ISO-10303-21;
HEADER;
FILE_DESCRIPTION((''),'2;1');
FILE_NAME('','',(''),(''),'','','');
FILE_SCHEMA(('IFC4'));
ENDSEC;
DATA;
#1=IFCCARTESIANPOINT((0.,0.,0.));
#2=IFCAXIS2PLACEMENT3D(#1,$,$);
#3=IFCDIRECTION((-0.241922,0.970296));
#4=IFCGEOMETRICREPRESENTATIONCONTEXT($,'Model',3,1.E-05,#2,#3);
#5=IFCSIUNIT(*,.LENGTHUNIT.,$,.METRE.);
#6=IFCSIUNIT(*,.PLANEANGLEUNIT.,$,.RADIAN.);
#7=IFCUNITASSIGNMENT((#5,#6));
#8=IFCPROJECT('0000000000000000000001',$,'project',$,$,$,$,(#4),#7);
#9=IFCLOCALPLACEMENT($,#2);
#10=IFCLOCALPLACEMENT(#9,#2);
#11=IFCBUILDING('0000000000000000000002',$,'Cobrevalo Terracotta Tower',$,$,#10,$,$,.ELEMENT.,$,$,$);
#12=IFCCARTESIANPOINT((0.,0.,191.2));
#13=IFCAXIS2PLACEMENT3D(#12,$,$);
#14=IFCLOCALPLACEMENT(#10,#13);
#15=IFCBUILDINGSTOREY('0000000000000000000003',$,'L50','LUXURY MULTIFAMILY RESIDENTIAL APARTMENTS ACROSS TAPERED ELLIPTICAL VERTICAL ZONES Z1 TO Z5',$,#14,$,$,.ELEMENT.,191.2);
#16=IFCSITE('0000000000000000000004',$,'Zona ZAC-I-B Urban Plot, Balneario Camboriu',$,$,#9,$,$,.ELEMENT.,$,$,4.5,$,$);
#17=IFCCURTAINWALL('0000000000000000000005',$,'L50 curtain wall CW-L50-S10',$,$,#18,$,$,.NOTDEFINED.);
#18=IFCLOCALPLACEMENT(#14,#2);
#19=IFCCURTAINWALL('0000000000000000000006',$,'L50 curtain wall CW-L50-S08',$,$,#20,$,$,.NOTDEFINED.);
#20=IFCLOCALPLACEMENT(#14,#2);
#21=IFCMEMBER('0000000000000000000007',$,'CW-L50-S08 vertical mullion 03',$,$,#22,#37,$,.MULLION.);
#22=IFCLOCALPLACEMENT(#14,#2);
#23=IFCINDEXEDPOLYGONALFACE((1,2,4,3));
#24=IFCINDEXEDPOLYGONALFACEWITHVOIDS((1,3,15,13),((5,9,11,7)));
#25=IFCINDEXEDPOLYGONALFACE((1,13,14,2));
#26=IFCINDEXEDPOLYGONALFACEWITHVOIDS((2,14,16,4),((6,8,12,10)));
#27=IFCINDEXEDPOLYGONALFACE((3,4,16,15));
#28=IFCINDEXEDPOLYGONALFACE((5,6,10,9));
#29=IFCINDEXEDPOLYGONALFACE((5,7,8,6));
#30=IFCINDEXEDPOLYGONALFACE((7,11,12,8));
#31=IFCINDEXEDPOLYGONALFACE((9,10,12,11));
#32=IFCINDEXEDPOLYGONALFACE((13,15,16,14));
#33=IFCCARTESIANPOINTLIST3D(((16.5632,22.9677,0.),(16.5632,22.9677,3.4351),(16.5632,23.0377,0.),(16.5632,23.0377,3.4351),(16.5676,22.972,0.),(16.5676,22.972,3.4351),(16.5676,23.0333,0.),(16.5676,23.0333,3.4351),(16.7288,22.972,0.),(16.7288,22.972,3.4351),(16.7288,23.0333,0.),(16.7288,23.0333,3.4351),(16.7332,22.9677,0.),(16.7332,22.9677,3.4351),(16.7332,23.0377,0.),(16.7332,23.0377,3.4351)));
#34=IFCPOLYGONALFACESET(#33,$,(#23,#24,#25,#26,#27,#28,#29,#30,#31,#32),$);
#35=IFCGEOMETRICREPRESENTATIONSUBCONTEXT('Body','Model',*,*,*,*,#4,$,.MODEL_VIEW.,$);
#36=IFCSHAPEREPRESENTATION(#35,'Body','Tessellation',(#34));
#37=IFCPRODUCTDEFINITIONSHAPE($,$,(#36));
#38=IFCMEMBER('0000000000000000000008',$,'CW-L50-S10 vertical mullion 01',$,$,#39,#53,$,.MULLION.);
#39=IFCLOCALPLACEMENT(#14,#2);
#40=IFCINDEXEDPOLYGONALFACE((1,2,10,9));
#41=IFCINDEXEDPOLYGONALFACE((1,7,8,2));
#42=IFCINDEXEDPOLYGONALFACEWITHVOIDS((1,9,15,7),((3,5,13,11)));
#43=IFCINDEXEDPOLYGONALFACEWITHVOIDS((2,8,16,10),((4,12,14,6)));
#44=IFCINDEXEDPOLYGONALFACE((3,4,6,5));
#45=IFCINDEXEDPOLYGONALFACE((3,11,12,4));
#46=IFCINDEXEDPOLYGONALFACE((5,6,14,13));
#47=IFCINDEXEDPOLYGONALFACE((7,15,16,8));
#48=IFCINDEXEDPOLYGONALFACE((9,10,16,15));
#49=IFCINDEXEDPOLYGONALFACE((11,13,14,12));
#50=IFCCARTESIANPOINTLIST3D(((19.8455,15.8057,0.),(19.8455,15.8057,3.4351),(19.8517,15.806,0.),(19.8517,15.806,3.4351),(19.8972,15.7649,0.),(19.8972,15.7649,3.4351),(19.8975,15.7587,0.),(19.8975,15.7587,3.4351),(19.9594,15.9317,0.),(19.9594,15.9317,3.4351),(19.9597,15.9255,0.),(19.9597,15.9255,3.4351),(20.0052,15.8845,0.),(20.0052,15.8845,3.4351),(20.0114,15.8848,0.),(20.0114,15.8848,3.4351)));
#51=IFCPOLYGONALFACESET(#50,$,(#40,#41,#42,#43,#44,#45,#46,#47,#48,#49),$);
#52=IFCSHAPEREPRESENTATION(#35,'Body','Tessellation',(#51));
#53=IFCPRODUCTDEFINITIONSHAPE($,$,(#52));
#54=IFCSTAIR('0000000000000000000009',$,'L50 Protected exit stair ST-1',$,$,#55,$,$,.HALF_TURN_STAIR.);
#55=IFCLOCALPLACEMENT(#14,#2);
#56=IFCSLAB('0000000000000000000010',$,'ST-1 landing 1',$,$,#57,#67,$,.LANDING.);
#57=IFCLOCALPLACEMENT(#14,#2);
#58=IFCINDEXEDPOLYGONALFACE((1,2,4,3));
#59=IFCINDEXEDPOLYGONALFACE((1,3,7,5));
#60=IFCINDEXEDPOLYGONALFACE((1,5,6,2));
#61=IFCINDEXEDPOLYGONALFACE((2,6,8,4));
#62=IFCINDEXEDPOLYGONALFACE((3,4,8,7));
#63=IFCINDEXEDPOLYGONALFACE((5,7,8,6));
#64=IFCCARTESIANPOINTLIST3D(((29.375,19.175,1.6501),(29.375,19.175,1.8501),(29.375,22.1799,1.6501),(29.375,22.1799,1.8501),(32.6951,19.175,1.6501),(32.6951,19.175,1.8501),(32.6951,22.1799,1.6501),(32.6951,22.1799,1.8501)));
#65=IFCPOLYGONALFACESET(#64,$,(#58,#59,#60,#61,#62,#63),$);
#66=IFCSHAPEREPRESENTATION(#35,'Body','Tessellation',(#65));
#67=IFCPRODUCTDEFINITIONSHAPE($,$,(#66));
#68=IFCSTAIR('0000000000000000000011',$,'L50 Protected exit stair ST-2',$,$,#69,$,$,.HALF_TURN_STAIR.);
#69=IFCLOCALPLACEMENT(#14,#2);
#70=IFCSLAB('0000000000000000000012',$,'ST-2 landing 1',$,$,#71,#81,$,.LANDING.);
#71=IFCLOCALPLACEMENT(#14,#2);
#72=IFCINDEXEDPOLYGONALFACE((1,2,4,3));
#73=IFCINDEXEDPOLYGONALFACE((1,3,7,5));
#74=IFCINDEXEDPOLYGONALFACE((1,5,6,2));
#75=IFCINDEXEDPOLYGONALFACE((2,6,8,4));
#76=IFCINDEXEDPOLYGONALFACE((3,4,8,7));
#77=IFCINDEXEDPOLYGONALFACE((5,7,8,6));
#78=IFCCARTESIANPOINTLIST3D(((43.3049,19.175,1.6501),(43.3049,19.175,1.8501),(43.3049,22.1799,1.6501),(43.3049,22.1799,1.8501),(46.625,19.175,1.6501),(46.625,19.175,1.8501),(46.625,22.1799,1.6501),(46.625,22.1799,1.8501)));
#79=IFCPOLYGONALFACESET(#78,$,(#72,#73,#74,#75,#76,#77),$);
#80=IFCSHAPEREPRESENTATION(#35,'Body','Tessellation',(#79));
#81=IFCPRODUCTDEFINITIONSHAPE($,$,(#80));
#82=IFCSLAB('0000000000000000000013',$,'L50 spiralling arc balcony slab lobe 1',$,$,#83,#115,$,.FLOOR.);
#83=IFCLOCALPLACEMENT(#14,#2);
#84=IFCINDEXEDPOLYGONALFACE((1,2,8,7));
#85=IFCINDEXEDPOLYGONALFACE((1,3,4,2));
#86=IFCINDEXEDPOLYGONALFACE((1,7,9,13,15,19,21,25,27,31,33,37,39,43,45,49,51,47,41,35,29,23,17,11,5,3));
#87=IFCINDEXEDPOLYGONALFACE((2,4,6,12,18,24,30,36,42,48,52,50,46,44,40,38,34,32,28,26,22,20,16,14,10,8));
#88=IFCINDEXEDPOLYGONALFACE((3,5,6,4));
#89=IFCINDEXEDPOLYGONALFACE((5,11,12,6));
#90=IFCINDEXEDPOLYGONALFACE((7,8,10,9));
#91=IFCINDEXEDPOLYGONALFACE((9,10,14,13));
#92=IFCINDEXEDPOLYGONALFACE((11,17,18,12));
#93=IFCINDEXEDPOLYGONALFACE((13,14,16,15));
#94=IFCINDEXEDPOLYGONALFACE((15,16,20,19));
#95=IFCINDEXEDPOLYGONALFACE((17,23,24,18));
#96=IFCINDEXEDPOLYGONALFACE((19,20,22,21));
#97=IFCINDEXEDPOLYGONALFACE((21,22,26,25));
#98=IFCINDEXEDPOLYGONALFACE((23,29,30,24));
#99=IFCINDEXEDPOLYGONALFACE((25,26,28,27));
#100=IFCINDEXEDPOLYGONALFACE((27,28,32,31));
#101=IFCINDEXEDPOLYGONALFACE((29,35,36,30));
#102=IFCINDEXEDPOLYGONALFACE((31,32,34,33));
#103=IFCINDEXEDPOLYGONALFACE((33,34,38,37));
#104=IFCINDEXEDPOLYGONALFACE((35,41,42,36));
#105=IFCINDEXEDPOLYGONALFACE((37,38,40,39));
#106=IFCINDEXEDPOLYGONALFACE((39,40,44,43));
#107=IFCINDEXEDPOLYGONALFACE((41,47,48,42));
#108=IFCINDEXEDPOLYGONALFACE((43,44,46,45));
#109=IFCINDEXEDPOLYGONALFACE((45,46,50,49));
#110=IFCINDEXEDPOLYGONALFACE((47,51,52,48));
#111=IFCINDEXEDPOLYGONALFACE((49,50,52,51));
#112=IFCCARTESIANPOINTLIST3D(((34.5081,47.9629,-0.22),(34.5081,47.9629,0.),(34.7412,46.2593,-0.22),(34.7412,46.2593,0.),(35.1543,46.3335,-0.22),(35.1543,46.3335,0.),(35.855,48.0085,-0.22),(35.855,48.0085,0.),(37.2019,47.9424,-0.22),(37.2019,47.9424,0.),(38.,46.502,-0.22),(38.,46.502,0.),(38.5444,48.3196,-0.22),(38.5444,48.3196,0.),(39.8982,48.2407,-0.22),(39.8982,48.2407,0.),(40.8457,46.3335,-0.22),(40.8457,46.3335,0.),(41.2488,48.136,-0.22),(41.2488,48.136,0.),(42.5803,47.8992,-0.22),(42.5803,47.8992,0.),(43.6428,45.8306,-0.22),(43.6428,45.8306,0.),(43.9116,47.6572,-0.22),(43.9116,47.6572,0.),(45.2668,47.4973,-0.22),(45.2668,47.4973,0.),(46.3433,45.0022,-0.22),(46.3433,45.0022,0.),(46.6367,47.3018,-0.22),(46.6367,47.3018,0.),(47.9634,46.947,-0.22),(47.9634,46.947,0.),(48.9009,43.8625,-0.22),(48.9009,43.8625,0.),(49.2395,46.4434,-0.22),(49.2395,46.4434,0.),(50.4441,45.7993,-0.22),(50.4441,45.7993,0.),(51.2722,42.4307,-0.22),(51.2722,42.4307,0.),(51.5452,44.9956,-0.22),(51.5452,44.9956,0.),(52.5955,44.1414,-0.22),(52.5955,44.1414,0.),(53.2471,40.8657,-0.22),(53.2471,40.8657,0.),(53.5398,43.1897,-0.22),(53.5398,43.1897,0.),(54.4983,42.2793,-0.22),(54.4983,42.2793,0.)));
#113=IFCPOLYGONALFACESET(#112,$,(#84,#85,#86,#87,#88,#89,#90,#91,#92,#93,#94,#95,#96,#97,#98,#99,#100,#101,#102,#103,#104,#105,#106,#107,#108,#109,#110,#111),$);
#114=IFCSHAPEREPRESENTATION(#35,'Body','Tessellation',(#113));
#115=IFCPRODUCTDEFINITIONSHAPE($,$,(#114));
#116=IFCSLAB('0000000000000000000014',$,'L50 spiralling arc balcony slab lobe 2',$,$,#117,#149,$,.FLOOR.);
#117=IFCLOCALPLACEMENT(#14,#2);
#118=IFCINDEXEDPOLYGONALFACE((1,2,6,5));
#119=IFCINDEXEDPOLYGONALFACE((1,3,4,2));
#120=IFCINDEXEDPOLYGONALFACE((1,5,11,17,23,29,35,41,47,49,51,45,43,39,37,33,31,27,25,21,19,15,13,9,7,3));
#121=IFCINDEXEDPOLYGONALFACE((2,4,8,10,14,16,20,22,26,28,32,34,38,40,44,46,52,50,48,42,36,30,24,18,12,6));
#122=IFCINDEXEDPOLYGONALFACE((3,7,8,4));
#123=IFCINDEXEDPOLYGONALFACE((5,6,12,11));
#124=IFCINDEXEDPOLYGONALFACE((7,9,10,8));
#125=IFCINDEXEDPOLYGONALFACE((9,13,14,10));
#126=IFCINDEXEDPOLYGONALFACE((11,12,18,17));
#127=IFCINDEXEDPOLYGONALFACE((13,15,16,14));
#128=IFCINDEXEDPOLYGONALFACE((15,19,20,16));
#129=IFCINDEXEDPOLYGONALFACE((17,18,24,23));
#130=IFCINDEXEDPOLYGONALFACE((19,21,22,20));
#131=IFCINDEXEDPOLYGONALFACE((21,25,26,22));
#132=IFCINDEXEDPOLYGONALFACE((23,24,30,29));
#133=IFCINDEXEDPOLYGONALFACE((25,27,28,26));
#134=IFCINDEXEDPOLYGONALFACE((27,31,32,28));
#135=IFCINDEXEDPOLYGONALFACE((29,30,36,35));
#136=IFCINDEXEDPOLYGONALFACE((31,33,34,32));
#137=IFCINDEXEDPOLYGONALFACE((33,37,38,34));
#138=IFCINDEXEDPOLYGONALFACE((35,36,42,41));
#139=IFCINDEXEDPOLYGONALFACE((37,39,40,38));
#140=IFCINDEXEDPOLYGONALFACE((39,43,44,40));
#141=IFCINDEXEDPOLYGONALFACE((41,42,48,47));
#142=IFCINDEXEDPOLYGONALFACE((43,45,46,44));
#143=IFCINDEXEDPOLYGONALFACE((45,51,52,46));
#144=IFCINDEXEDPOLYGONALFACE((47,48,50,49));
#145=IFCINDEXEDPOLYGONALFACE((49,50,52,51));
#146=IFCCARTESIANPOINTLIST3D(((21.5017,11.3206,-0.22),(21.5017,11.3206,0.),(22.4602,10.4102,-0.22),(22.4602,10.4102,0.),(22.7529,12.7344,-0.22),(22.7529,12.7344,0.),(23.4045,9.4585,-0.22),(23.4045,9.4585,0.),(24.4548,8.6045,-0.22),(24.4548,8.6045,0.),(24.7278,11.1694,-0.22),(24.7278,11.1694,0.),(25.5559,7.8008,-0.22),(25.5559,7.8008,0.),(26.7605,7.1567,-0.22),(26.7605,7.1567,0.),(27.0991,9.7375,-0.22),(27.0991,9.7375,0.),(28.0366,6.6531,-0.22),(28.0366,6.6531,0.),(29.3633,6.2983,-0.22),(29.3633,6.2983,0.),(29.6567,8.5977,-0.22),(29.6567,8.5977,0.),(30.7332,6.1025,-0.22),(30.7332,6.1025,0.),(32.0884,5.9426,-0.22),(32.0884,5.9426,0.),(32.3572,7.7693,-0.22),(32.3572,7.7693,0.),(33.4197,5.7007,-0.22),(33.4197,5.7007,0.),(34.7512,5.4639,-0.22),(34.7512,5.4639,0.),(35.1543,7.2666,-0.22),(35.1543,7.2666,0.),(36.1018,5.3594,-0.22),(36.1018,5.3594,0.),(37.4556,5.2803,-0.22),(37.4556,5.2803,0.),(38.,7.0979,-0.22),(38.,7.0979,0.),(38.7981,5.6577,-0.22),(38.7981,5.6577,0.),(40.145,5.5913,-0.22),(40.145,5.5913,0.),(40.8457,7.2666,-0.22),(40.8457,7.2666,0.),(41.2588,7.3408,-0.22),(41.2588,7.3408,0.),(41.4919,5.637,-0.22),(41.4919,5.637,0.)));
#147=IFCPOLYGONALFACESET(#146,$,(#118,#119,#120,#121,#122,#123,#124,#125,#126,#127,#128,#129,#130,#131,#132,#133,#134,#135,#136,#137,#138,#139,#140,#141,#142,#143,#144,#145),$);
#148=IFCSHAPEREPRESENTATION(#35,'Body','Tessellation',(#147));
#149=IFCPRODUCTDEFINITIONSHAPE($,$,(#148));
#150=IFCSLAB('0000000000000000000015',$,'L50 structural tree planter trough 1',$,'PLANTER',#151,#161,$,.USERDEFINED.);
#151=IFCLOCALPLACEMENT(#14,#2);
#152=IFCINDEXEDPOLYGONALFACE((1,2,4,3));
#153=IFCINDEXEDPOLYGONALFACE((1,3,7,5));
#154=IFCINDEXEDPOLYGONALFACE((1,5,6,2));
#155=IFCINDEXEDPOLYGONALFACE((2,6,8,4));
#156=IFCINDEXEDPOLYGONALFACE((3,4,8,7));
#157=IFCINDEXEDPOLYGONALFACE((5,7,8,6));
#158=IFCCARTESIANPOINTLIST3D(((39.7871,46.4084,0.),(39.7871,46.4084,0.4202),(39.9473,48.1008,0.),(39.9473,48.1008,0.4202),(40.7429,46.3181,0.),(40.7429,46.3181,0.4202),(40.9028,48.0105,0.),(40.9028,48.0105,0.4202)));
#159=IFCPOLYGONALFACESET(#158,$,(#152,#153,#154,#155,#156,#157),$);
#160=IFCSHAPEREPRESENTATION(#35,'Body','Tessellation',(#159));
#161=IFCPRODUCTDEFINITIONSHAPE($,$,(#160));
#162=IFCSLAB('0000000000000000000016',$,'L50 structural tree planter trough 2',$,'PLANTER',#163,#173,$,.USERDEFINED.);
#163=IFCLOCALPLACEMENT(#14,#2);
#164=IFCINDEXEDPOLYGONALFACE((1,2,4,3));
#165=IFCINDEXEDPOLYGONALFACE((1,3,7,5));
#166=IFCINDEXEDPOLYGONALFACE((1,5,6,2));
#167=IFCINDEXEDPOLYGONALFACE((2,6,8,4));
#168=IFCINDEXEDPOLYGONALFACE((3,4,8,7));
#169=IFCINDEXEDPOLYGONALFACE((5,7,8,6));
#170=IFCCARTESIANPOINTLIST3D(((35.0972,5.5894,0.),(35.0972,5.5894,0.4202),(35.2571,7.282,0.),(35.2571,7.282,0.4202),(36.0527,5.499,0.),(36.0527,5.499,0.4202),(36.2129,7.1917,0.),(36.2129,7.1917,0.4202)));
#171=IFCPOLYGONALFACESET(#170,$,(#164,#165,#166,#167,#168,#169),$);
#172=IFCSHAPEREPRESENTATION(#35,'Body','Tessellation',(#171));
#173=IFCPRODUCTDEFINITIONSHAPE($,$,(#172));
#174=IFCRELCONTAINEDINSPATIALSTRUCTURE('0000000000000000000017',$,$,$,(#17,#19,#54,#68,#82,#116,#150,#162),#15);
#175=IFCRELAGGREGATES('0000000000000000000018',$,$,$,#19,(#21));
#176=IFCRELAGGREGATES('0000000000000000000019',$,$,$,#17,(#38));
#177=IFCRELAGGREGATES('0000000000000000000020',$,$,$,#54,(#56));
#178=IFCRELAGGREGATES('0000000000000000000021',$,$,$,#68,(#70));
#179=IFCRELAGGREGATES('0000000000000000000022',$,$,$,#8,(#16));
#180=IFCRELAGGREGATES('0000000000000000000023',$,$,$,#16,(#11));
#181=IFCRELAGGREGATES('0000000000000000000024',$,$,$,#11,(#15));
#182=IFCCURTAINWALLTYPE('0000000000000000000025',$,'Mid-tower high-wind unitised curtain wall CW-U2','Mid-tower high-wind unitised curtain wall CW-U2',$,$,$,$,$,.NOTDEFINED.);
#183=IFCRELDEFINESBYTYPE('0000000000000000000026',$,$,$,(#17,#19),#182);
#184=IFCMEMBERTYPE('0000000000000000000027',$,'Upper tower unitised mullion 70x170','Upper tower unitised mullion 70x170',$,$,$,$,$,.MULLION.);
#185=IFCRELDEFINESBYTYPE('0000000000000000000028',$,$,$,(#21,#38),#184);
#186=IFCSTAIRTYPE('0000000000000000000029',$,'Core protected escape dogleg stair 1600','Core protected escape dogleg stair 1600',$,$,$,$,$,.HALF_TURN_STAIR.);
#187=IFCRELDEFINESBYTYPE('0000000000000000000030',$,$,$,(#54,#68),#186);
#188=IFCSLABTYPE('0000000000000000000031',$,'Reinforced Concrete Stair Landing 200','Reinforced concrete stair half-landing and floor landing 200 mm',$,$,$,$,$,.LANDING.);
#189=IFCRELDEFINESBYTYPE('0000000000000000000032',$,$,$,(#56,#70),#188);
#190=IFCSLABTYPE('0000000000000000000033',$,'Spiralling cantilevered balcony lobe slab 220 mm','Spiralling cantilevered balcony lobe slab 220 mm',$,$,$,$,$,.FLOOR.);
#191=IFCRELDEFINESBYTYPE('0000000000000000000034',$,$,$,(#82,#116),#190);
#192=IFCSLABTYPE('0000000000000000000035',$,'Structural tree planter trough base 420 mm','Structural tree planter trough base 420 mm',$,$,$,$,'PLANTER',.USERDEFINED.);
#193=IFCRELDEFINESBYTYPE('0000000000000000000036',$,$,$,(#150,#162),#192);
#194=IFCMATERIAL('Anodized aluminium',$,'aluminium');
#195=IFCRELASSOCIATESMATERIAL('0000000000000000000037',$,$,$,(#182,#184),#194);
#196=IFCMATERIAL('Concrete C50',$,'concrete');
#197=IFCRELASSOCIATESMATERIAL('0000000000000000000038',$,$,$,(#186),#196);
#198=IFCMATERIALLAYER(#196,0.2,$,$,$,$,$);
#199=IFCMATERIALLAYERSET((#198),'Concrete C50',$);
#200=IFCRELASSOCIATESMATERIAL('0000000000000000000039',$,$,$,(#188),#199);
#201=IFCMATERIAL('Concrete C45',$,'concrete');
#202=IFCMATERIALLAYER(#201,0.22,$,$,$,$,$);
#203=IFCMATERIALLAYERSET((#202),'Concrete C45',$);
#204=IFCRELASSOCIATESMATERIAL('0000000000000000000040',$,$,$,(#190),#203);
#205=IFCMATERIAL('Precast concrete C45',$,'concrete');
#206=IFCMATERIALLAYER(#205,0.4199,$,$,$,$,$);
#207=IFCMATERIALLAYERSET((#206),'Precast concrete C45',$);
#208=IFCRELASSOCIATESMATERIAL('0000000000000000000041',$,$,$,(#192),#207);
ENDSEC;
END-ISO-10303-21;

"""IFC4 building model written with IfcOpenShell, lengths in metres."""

from ifc_helpers import new_model, si_unit, direction, frame, origin, origin_2d, place, context, subcontext, project, spatial, polyline, hollow_rectangle, outline, extrude, source, transform, mapped, material, layer, layer_set, material_profile, profile_set, type_object, element, aggregate, save


model = new_model("IFC4")

# Units and contexts
model_context = context("Model", 3, precision=1e-05, world=origin(), true_north=direction((-0.241922, 0.970296)))
body_context = subcontext(model_context, "Body", "Model", "MODEL_VIEW")
ifc_project = project(units=[si_unit("LENGTHUNIT", "METRE"), si_unit("PLANEANGLEUNIT", "RADIAN")], contexts=[model_context])

# Site, building, storey
site_placement = place(None, origin())
site = spatial("IfcSite", under=ifc_project, at=site_placement, Name="Zona ZAC-I-B Urban Plot, Balneario Camboriu", CompositionType="ELEMENT", RefElevation=4.5)
building_placement = place(site_placement, origin())
building = spatial("IfcBuilding", under=site, at=building_placement, Name="Cobrevalo Terracotta Tower", CompositionType="ELEMENT")
storey_placement = place(building_placement, frame((0.0, 0.0, 191.2)))
storey = spatial("IfcBuildingStorey", under=building, at=storey_placement, Name="L50", Description="LUXURY MULTIFAMILY RESIDENTIAL APARTMENTS ACROSS TAPERED ELLIPTICAL VERTICAL ZONES Z1 TO Z5", CompositionType="ELEMENT", Elevation=191.2)

# Curtain wall
ifc_material_1 = material(Name="Anodized aluminium", Category="aluminium")
curtain_wall_type = type_object("IfcCurtainWallType", Name="Mid-tower high-wind unitised curtain wall CW-U2", Description="Mid-tower high-wind unitised curtain wall CW-U2", PredefinedType="NOTDEFINED", material=ifc_material_1)
curtain_wall_1_placement = place(storey_placement, origin())
curtain_wall_1 = element("IfcCurtainWall", 1, at=curtain_wall_1_placement, inside=storey, type_object=curtain_wall_type, Name="L50 curtain wall CW-L50-S10", PredefinedType="NOTDEFINED")

# Curtain wall, member
curtain_wall_2_placement = place(storey_placement, origin())
curtain_wall_2 = element("IfcCurtainWall", 2, at=curtain_wall_2_placement, inside=storey, type_object=curtain_wall_type, Name="L50 curtain wall CW-L50-S08", PredefinedType="NOTDEFINED")
ifc_material_profile_1 = material_profile(ifc_material_1, hollow_rectangle(XDim=0.0701, YDim=0.1699, WallThickness=0.0044, at=origin_2d()), Name="CWM 70x170")
ifc_profile_set_1 = profile_set([ifc_material_profile_1], Name="Anodized aluminium")
member_type_1 = type_object("IfcMemberType", Name="Upper tower unitised mullion 70x170", Description="Upper tower unitised mullion 70x170", PredefinedType="MULLION", material=ifc_profile_set_1)
shared_shape_1 = source(origin(), body_context, "Body", "SweptSolid", [
    extrude(hollow_rectangle(XDim=0.0701, YDim=0.1699, WallThickness=0.0044, at=origin_2d()), origin(), (0.0, 0.0, 1.0), 3.4351),
])
member_1_placement = place(storey_placement, frame((16.6482, 23.0027, 0.0), z_axis=(0.0, 0.0, 1.0), x_axis=(0.0, -1.0, 0.0)))
member_1 = element("IfcMember", 3, at=member_1_placement, type_object=member_type_1, Name="CW-L50-S08 vertical mullion 03", PredefinedType="MULLION", context=body_context, shape_type="MappedRepresentation", body=[
    mapped(shared_shape_1, transform((0.0, 0.0, 0.0), scale=1.0)),
])
aggregate(curtain_wall_2, [member_1])

# Member
member_2_placement = place(storey_placement, frame((19.9285, 15.8452, 0.0), z_axis=(0.0, 0.0, 1.0), x_axis=(0.741988, -0.670414, 0.0)))
member_2 = element("IfcMember", 4, at=member_2_placement, type_object=member_type_1, Name="CW-L50-S10 vertical mullion 01", PredefinedType="MULLION", context=body_context, shape_type="MappedRepresentation", body=[
    mapped(shared_shape_1, transform((0.0, 0.0, 0.0), scale=1.0)),
])
aggregate(curtain_wall_1, [member_2])

# Stairs, slabs
ifc_material_2 = material(Name="Concrete C50", Category="concrete")
stair_type = type_object("IfcStairType", Name="Core protected escape dogleg stair 1600", Description="Core protected escape dogleg stair 1600", PredefinedType="HALF_TURN_STAIR", material=ifc_material_2)
stair_1_placement = place(storey_placement, origin())
stair_1 = element("IfcStair", 5, at=stair_1_placement, inside=storey, type_object=stair_type, Name="L50 Protected exit stair ST-1", PredefinedType="HALF_TURN_STAIR")
ifc_layer_1 = layer(ifc_material_2, 0.2)
ifc_layer_set_1 = layer_set([ifc_layer_1], Name="Concrete C50")
slab_type_1 = type_object("IfcSlabType", Name="Reinforced Concrete Stair Landing 200", Description="Reinforced concrete stair half-landing and floor landing 200 mm", PredefinedType="LANDING", material=ifc_layer_set_1)
slab_1_placement = place(storey_placement, frame((0.0, 0.0, 1.6501)))
slab_1 = element("IfcSlab", 6, at=slab_1_placement, type_object=slab_type_1, Name="ST-1 landing 1", PredefinedType="LANDING", context=body_context, shape_type="SweptSolid", body=[
    extrude(outline(polyline([(29.375, 22.1799), (29.375, 19.175), (32.6951, 19.175), (32.6951, 22.1799), (29.375, 22.1799)])), origin(), (0.0, 0.0, 1.0), 0.2),
])
aggregate(stair_1, [slab_1])
stair_2_placement = place(storey_placement, origin())
stair_2 = element("IfcStair", 7, at=stair_2_placement, inside=storey, type_object=stair_type, Name="L50 Protected exit stair ST-2", PredefinedType="HALF_TURN_STAIR")
slab_2_placement = place(storey_placement, frame((0.0, 0.0, 1.6501)))
slab_2 = element("IfcSlab", 8, at=slab_2_placement, type_object=slab_type_1, Name="ST-2 landing 1", PredefinedType="LANDING", context=body_context, shape_type="SweptSolid", body=[
    extrude(outline(polyline([(43.3049, 22.1799), (43.3049, 19.175), (46.625, 19.175), (46.625, 22.1799), (43.3049, 22.1799)])), origin(), (0.0, 0.0, 1.0), 0.2),
])
aggregate(stair_2, [slab_2])

# Slabs
ifc_material_3 = material(Name="Concrete C45", Category="concrete")
ifc_layer_2 = layer(ifc_material_3, 0.22)
ifc_layer_set_2 = layer_set([ifc_layer_2], Name="Concrete C45")
slab_type_2 = type_object("IfcSlabType", Name="Spiralling cantilevered balcony lobe slab 220 mm", Description="Spiralling cantilevered balcony lobe slab 220 mm", PredefinedType="FLOOR", material=ifc_layer_set_2)
slab_3_placement = place(storey_placement, frame((0.0, 0.0, -0.22)))
element("IfcSlab", 9, at=slab_3_placement, inside=storey, type_object=slab_type_2, Name="L50 spiralling arc balcony slab lobe 1", PredefinedType="FLOOR", context=body_context, shape_type="SweptSolid", body=[
    extrude(outline(polyline([(54.4983, 42.2793), (53.5398, 43.1897), (52.5955, 44.1414), (51.5452, 44.9956), (50.4441, 45.7993), (49.2395, 46.4434), (47.9634, 46.947), (46.6367, 47.3018), (45.2668, 47.4973), (43.9116, 47.6572), (42.5803, 47.8992), (41.2488, 48.136), (39.8982, 48.2407), (38.5444, 48.3196), (37.2019, 47.9424), (35.855, 48.0085), (34.5081, 47.9629), (34.7412, 46.2593), (35.1543, 46.3335), (38.0, 46.502), (40.8457, 46.3335), (43.6428, 45.8306), (46.3433, 45.0022), (48.9009, 43.8625), (51.2722, 42.4307), (53.2471, 40.8657), (54.4983, 42.2793)])), origin(), (0.0, 0.0, 1.0), 0.22),
])
slab_4_placement = place(storey_placement, frame((0.0, 0.0, -0.22)))
element("IfcSlab", 10, at=slab_4_placement, inside=storey, type_object=slab_type_2, Name="L50 spiralling arc balcony slab lobe 2", PredefinedType="FLOOR", context=body_context, shape_type="SweptSolid", body=[
    extrude(outline(polyline([(21.5017, 11.3206), (22.4602, 10.4102), (23.4045, 9.4585), (24.4548, 8.6045), (25.5559, 7.8008), (26.7605, 7.1567), (28.0366, 6.6531), (29.3633, 6.2983), (30.7332, 6.1025), (32.0884, 5.9426), (33.4197, 5.7007), (34.7512, 5.4639), (36.1018, 5.3594), (37.4556, 5.2803), (38.7981, 5.6577), (40.145, 5.5913), (41.4919, 5.637), (41.2588, 7.3408), (40.8457, 7.2666), (38.0, 7.0979), (35.1543, 7.2666), (32.3572, 7.7693), (29.6567, 8.5977), (27.0991, 9.7375), (24.7278, 11.1694), (22.7529, 12.7344), (21.5017, 11.3206)])), origin(), (0.0, 0.0, 1.0), 0.22),
])
ifc_material_4 = material(Name="Precast concrete C45", Category="concrete")
ifc_layer_3 = layer(ifc_material_4, 0.4199)
ifc_layer_set_3 = layer_set([ifc_layer_3], Name="Precast concrete C45")
slab_type_3 = type_object("IfcSlabType", Name="Structural tree planter trough base 420 mm", Description="Structural tree planter trough base 420 mm", ElementType="PLANTER", PredefinedType="USERDEFINED", material=ifc_layer_set_3)
slab_5_placement = place(storey_placement, origin())
element("IfcSlab", 11, at=slab_5_placement, inside=storey, type_object=slab_type_3, Name="L50 structural tree planter trough 1", ObjectType="PLANTER", PredefinedType="USERDEFINED", context=body_context, shape_type="SweptSolid", body=[
    extrude(outline(polyline([(40.7429, 46.3181), (40.9028, 48.0105), (39.9473, 48.1008), (39.7871, 46.4084), (40.7429, 46.3181)])), origin(), (0.0, 0.0, 1.0), 0.4202),
])
slab_6_placement = place(storey_placement, origin())
element("IfcSlab", 12, at=slab_6_placement, inside=storey, type_object=slab_type_3, Name="L50 structural tree planter trough 2", ObjectType="PLANTER", PredefinedType="USERDEFINED", context=body_context, shape_type="SweptSolid", body=[
    extrude(outline(polyline([(35.2571, 7.282), (35.0972, 5.5894), (36.0527, 5.499), (36.2129, 7.1917), (35.2571, 7.282)])), origin(), (0.0, 0.0, 1.0), 0.4202),
])

save(model, "model.ifc")
